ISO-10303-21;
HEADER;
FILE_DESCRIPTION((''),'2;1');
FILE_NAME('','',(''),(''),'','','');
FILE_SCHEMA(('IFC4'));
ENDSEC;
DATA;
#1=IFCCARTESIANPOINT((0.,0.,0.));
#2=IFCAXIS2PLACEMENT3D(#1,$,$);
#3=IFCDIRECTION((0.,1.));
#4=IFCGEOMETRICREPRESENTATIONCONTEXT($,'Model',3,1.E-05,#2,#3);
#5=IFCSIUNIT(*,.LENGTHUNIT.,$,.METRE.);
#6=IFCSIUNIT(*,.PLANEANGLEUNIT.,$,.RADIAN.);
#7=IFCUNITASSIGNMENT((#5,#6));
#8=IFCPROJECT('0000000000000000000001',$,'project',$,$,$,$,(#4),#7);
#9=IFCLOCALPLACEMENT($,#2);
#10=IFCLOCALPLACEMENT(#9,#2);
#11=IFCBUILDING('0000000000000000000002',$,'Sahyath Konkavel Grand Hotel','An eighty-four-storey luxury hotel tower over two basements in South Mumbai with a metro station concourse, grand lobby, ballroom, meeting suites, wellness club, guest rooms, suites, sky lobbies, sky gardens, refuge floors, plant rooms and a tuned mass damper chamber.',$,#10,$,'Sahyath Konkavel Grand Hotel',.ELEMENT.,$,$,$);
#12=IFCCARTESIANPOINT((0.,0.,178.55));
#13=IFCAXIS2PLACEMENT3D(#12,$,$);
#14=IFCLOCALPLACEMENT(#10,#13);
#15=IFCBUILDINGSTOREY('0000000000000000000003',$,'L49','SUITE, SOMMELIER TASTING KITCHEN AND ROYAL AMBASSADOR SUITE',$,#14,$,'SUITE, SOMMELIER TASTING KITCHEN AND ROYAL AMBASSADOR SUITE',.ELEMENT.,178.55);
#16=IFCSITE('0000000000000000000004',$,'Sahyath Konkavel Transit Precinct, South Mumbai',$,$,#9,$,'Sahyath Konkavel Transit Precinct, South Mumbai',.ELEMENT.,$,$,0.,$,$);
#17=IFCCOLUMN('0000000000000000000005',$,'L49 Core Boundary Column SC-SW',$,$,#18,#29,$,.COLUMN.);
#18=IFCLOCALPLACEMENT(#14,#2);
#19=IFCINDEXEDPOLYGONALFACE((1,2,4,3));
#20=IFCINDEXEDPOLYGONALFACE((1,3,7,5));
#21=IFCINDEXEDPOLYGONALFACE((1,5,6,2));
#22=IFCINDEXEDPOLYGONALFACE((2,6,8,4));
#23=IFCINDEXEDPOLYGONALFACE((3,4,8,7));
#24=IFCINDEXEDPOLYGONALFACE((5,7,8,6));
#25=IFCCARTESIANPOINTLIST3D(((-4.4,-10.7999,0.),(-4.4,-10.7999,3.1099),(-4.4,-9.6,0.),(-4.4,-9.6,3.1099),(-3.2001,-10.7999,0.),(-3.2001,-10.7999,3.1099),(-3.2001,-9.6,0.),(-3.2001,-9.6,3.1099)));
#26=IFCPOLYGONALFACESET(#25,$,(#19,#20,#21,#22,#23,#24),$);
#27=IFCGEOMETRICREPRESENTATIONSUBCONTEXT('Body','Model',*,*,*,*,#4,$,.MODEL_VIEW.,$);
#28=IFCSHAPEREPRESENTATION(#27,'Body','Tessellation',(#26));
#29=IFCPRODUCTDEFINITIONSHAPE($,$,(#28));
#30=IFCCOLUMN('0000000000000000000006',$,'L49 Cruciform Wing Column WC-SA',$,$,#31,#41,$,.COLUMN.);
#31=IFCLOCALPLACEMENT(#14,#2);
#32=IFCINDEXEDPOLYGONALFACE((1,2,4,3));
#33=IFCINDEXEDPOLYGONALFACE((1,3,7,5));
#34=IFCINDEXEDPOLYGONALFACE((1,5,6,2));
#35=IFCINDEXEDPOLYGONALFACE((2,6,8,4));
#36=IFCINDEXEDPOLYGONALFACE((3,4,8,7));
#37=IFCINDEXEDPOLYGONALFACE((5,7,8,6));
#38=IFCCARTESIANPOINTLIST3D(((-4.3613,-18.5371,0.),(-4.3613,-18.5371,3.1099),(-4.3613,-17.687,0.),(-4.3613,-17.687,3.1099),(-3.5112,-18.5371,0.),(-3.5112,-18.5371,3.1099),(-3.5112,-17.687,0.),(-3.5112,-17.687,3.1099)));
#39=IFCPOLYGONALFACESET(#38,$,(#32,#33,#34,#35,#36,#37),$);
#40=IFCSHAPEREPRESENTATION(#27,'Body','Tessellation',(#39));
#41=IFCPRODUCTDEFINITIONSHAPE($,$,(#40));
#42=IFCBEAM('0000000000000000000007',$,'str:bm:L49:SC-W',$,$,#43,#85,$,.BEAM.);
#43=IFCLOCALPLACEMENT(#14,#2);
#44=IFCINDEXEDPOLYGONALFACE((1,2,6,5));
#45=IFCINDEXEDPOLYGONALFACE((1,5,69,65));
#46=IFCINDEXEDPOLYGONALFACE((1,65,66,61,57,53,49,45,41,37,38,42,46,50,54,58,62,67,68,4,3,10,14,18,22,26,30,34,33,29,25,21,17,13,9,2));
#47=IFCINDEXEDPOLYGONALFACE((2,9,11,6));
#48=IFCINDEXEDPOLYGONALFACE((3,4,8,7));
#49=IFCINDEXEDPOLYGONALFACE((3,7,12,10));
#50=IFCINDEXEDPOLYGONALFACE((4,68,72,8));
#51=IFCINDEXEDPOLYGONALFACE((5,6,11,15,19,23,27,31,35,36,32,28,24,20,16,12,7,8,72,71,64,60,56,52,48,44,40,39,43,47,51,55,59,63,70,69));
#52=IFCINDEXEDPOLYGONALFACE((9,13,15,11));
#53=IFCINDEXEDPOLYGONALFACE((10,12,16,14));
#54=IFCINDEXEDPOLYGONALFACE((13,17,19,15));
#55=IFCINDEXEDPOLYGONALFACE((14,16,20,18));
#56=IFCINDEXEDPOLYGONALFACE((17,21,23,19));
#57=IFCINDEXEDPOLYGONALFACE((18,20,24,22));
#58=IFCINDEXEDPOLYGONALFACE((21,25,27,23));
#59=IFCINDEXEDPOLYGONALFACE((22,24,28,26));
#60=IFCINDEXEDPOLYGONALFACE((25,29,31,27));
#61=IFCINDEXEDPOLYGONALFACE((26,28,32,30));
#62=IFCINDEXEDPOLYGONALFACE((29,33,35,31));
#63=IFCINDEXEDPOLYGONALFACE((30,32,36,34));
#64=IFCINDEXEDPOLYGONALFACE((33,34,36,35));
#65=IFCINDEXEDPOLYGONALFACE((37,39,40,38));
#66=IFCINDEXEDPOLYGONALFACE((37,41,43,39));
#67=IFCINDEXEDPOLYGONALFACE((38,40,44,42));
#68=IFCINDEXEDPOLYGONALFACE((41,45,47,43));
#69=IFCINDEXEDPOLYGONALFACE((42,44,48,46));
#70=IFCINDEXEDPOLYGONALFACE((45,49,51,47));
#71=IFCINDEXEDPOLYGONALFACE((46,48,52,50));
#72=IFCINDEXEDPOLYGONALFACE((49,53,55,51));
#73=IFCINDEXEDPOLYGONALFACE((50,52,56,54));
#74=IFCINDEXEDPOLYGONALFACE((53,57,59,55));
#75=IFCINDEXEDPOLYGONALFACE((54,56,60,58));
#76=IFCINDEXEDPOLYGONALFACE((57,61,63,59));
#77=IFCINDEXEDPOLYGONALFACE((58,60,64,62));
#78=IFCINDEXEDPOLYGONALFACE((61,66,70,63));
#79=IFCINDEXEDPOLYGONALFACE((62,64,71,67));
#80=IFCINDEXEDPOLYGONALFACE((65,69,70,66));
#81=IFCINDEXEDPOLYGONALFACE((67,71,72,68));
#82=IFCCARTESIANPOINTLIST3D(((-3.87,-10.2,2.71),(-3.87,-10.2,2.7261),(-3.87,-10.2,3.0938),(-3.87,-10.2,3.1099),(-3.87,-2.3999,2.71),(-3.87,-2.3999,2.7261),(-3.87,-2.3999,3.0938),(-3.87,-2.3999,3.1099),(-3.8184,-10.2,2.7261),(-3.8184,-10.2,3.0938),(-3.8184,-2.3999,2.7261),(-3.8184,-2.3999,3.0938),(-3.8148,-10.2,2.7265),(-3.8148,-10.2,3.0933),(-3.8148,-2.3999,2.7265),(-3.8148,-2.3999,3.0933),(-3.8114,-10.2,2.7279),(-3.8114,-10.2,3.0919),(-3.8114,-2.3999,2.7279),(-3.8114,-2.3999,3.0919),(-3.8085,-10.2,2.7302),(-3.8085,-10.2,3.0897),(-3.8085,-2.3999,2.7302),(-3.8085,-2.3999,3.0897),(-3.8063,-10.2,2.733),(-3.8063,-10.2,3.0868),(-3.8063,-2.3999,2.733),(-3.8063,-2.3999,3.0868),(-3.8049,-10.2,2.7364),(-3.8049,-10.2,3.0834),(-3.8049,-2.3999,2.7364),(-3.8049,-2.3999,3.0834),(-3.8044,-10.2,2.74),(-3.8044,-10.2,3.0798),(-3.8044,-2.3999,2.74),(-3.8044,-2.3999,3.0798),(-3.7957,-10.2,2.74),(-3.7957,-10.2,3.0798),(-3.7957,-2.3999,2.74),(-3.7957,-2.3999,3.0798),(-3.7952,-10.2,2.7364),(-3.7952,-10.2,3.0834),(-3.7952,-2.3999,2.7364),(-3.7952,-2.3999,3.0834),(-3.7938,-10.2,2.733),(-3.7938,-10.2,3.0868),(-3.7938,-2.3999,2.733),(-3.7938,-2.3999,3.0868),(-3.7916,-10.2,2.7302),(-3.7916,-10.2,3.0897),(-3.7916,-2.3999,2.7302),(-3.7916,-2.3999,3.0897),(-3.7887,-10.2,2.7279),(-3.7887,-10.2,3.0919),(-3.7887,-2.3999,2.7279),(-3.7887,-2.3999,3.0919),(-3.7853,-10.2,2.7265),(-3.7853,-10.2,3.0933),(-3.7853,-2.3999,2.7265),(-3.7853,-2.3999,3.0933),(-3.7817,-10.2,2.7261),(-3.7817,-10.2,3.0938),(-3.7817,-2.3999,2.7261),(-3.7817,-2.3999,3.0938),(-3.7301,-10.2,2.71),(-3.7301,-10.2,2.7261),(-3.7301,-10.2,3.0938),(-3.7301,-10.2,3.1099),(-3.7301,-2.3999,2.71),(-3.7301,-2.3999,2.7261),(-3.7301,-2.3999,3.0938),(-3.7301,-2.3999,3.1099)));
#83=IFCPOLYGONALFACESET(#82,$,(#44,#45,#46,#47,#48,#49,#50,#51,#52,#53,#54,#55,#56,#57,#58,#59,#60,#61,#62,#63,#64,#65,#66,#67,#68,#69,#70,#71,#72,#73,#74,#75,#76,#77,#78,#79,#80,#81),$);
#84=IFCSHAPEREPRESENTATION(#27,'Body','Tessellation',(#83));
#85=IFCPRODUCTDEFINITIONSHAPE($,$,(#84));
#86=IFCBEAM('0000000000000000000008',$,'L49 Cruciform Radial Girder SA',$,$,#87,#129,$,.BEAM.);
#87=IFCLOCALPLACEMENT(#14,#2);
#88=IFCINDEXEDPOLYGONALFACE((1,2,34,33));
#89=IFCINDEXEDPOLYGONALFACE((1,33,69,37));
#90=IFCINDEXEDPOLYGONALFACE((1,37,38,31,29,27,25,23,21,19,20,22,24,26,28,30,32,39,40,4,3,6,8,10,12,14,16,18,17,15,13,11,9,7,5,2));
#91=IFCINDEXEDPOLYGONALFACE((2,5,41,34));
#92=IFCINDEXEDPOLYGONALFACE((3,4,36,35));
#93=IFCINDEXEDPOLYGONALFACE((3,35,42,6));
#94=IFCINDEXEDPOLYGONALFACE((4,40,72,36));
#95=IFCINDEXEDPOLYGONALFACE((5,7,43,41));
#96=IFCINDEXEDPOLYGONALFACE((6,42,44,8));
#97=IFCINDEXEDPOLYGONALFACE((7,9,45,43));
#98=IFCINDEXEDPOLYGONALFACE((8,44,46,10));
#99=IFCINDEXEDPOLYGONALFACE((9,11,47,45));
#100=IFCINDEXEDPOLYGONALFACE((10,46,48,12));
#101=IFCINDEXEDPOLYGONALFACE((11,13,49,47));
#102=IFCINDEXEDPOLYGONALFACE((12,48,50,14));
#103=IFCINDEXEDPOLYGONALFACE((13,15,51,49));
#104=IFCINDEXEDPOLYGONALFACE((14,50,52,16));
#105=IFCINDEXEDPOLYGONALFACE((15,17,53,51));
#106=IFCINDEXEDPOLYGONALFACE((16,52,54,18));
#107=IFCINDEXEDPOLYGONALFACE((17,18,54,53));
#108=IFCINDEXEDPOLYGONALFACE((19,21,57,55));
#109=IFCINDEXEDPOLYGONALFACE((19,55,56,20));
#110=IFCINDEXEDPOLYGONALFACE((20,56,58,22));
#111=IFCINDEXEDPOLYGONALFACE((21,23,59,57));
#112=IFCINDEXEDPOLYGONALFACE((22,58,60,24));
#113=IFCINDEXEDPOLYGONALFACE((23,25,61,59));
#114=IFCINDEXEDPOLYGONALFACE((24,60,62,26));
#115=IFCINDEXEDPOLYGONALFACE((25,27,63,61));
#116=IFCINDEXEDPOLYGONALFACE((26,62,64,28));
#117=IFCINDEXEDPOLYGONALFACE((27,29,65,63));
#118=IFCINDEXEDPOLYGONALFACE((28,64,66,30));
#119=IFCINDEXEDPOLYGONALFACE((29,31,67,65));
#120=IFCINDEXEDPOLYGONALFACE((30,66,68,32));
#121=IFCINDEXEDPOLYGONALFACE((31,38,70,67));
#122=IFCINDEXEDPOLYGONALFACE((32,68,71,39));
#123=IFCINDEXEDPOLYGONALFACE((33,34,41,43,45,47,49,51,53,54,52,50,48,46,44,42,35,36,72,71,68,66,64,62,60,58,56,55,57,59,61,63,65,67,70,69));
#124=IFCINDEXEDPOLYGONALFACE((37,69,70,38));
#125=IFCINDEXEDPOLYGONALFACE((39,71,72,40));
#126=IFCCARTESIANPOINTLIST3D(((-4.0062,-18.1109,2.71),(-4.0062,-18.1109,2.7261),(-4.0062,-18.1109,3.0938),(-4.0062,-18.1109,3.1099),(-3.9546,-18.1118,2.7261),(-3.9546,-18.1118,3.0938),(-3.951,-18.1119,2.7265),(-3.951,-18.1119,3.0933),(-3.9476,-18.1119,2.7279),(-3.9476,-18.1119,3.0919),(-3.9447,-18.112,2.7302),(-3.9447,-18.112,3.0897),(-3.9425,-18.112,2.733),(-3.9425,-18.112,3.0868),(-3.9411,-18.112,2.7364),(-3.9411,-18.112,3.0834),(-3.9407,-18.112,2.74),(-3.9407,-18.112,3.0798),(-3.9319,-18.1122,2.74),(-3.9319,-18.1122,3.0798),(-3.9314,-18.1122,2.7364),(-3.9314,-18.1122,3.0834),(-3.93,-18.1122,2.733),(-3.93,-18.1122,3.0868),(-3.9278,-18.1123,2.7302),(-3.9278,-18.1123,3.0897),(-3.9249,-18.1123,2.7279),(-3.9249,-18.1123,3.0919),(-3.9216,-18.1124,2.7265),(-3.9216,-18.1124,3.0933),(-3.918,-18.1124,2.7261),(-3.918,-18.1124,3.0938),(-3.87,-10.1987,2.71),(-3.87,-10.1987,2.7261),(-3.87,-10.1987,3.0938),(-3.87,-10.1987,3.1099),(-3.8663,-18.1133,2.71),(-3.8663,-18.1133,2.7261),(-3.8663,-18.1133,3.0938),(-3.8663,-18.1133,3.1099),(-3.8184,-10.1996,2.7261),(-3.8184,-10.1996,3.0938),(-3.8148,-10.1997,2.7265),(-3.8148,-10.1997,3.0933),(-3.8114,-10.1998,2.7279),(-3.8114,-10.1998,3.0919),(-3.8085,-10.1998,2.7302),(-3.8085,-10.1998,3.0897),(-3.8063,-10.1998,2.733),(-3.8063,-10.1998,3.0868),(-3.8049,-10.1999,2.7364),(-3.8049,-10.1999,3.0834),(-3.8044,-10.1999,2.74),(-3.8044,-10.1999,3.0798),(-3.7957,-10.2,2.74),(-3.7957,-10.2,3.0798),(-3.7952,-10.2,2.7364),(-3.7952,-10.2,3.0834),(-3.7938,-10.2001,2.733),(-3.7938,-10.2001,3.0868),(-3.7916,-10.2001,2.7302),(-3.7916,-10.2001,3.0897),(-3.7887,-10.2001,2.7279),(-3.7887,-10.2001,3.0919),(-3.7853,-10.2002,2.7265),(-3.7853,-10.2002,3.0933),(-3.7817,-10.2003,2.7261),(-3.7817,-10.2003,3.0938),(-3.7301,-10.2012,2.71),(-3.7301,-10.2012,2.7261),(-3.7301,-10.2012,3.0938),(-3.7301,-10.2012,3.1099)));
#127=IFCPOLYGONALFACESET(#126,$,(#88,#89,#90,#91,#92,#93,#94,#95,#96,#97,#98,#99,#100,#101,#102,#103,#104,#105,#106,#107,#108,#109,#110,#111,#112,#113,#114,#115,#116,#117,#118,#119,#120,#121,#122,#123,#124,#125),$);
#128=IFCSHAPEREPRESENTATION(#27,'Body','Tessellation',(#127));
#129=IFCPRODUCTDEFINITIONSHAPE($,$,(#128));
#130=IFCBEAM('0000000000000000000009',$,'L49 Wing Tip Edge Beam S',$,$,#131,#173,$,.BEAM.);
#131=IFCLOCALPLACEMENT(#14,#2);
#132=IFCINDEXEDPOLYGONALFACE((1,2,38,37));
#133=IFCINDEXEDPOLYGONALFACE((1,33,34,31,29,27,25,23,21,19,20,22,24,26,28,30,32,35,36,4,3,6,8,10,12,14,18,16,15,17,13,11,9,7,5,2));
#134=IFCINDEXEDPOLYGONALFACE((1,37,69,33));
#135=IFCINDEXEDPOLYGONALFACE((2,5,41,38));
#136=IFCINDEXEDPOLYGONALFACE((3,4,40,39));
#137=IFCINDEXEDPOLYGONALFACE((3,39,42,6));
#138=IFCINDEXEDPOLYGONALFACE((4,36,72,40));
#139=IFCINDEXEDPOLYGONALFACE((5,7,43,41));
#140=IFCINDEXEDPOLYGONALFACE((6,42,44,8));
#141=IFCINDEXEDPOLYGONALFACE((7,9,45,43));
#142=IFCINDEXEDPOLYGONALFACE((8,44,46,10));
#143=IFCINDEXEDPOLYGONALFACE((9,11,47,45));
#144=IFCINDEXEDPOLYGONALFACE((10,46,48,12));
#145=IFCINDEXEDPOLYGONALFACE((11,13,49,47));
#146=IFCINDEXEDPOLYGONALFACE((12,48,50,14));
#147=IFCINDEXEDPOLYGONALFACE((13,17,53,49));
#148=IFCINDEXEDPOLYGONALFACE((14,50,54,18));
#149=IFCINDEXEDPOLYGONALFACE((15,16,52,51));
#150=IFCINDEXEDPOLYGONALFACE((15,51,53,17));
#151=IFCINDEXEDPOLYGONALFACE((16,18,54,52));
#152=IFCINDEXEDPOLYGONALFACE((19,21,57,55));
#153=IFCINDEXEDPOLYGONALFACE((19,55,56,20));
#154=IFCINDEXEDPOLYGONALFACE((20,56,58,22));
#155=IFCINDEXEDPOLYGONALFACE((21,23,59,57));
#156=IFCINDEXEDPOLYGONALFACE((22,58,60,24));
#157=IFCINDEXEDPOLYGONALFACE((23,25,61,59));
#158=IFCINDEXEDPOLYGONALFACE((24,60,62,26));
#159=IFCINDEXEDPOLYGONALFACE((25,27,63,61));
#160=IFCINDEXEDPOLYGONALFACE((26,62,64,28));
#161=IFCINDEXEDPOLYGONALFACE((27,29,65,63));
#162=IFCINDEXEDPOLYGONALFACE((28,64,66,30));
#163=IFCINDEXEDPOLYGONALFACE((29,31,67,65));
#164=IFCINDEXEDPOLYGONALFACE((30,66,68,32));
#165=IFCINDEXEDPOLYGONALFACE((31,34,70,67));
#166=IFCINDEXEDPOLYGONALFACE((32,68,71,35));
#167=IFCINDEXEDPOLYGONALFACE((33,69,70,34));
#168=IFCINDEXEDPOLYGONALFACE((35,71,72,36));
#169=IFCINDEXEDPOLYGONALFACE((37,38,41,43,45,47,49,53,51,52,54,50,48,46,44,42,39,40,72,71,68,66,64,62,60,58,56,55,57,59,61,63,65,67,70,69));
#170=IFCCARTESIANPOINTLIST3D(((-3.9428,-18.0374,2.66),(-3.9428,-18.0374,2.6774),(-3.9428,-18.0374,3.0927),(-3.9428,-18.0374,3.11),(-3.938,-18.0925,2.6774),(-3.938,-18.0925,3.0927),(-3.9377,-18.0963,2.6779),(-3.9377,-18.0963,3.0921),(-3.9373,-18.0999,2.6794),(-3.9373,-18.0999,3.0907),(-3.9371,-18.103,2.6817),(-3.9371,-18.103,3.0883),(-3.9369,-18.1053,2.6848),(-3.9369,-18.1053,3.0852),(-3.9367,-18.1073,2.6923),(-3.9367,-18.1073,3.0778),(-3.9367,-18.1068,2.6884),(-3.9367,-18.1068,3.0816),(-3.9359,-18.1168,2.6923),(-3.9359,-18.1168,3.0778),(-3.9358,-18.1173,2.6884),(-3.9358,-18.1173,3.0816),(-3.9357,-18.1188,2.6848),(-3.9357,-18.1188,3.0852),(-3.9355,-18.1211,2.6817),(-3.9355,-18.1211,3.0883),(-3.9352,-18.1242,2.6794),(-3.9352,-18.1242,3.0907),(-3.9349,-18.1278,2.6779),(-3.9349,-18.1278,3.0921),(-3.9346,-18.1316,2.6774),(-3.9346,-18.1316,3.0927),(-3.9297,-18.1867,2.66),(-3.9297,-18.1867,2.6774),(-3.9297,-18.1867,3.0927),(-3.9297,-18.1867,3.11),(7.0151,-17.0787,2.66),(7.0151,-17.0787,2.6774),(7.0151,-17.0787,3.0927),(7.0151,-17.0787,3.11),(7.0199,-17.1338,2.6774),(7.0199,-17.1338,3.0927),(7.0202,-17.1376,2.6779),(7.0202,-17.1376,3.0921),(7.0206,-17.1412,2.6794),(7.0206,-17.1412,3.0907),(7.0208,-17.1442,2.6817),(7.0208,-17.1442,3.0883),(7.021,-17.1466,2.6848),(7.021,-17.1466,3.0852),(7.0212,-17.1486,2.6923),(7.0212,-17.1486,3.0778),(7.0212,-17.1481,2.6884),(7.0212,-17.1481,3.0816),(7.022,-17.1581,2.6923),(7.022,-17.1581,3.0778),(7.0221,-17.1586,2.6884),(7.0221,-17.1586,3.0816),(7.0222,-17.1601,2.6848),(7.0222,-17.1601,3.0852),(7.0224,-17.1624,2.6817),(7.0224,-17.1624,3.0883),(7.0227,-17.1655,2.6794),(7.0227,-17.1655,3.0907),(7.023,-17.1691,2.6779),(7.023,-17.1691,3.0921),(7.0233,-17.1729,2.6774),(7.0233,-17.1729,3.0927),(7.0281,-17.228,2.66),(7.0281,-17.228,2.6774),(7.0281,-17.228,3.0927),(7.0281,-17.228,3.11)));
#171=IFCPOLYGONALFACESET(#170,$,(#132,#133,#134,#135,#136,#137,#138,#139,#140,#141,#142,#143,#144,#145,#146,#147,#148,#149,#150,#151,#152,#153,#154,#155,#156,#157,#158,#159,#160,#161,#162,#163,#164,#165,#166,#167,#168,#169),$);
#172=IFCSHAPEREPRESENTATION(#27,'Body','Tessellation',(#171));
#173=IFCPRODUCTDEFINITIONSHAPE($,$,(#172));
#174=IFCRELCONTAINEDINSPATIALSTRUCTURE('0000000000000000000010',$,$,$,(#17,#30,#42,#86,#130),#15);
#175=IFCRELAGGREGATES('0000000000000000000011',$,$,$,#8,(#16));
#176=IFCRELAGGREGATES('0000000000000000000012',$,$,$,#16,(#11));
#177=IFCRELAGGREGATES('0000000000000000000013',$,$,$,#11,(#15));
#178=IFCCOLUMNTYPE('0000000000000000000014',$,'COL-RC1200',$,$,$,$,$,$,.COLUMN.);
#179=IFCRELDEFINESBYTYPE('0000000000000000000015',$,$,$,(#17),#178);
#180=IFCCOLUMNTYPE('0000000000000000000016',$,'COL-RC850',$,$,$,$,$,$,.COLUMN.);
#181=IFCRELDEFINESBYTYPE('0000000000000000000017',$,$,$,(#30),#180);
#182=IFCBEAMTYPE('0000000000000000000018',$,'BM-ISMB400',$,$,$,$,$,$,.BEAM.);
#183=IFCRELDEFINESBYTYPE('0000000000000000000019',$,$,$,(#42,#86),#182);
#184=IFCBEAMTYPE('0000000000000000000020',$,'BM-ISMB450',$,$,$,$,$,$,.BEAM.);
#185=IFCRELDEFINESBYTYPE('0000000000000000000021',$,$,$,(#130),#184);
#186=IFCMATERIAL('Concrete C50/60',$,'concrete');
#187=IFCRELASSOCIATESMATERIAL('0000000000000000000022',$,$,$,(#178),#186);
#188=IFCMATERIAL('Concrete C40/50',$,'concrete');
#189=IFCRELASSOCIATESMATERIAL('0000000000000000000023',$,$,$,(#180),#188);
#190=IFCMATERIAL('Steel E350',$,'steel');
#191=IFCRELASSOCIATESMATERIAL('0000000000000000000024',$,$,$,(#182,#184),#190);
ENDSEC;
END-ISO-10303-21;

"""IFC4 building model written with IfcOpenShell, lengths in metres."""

from ifc_helpers import new_model, si_unit, direction, frame, origin, origin_2d, place, context, subcontext, project, spatial, rectangle, i_section, extrude, source, transform, mapped, material, material_profile, profile_set, type_object, element, save


model = new_model("IFC4")

# Units and contexts
model_context = context("Model", 3, precision=1e-05, world=origin(), true_north=direction((0.0, 1.0)))
body_context = subcontext(model_context, "Body", "Model", "MODEL_VIEW")
ifc_project = project(units=[si_unit("LENGTHUNIT", "METRE"), si_unit("PLANEANGLEUNIT", "RADIAN")], contexts=[model_context])

# Site, building, storey
site_placement = place(None, origin())
site = spatial("IfcSite", under=ifc_project, at=site_placement, Name="Sahyath Konkavel Transit Precinct, South Mumbai", LongName="Sahyath Konkavel Transit Precinct, South Mumbai", CompositionType="ELEMENT", RefElevation=0.0)
building_placement = place(site_placement, origin())
building = spatial("IfcBuilding", under=site, at=building_placement, Name="Sahyath Konkavel Grand Hotel", Description="An eighty-four-storey luxury hotel tower over two basements in South Mumbai with a metro station concourse, grand lobby, ballroom, meeting suites, wellness club, guest rooms, suites, sky lobbies, sky gardens, refuge floors, plant rooms and a tuned mass damper chamber.", LongName="Sahyath Konkavel Grand Hotel", CompositionType="ELEMENT")
storey_placement = place(building_placement, frame((0.0, 0.0, 178.55)))
storey = spatial("IfcBuildingStorey", under=building, at=storey_placement, Name="L49", Description="SUITE, SOMMELIER TASTING KITCHEN AND ROYAL AMBASSADOR SUITE", LongName="SUITE, SOMMELIER TASTING KITCHEN AND ROYAL AMBASSADOR SUITE", CompositionType="ELEMENT", Elevation=178.55)

# Columns
ifc_material_1 = material(Name="Concrete C50/60", Category="concrete")
ifc_material_profile_1 = material_profile(ifc_material_1, rectangle(XDim=1.2, YDim=1.2, at=origin_2d()), Name="RC 1200x1200")
ifc_profile_set_1 = profile_set([ifc_material_profile_1], Name="Concrete C50/60")
column_type_1 = type_object("IfcColumnType", Name="COL-RC1200", PredefinedType="COLUMN", material=ifc_profile_set_1)
shared_shape_1 = source(origin(), body_context, "Body", "SweptSolid", [
    extrude(rectangle(XDim=1.2, YDim=1.2, at=origin_2d()), origin(), (0.0, 0.0, 1.0), 3.1099),
])
column_1_placement = place(storey_placement, frame((-3.8, -10.2, 0.0), z_axis=(0.0, 0.0, 1.0), x_axis=(1.0, 0.0, 0.0)))
element("IfcColumn", 1, at=column_1_placement, inside=storey, type_object=column_type_1, Name="L49 Core Boundary Column SC-SW", PredefinedType="COLUMN", context=body_context, shape_type="MappedRepresentation", body=[
    mapped(shared_shape_1, transform((0.0, 0.0, 0.0), scale=1.0)),
])
ifc_material_2 = material(Name="Concrete C40/50", Category="concrete")
ifc_material_profile_2 = material_profile(ifc_material_2, rectangle(XDim=0.8501, YDim=0.8501, at=origin_2d()), Name="RC 850x850")
ifc_profile_set_2 = profile_set([ifc_material_profile_2], Name="Concrete C40/50")
column_type_2 = type_object("IfcColumnType", Name="COL-RC850", PredefinedType="COLUMN", material=ifc_profile_set_2)
shared_shape_2 = source(origin(), body_context, "Body", "SweptSolid", [
    extrude(rectangle(XDim=0.8501, YDim=0.8501, at=origin_2d()), origin(), (0.0, 0.0, 1.0), 3.1099),
])
column_2_placement = place(storey_placement, frame((-3.9363, -18.1121, 0.0), z_axis=(0.0, 0.0, 1.0), x_axis=(1.0, 0.0, 0.0)))
element("IfcColumn", 2, at=column_2_placement, inside=storey, type_object=column_type_2, Name="L49 Cruciform Wing Column WC-SA", PredefinedType="COLUMN", context=body_context, shape_type="MappedRepresentation", body=[
    mapped(shared_shape_2, transform((0.0, 0.0, 0.0), scale=1.0)),
])

# Beams
ifc_material_3 = material(Name="Steel E350", Category="steel")
ifc_material_profile_3 = material_profile(ifc_material_3, i_section(OverallWidth=0.1399, OverallDepth=0.3999, WebThickness=0.0088, FlangeThickness=0.0161, FilletRadius=0.0139, at=origin_2d()), Name="ISMB 400")
ifc_profile_set_3 = profile_set([ifc_material_profile_3], Name="Steel E350")
beam_type_1 = type_object("IfcBeamType", Name="BM-ISMB400", PredefinedType="BEAM", material=ifc_profile_set_3)
shared_shape_3 = source(origin(), body_context, "Body", "SweptSolid", [
    extrude(i_section(OverallWidth=0.1399, OverallDepth=0.3999, WebThickness=0.0088, FlangeThickness=0.0161, FilletRadius=0.0139, at=origin_2d()), origin(), (0.0, 0.0, 1.0), 7.8),
])
beam_1_placement = place(storey_placement, frame((-3.8, -10.2, 2.9099), z_axis=(0.0, 1.0, 0.0), x_axis=(-1.0, 0.0, 0.0)))
element("IfcBeam", 3, at=beam_1_placement, inside=storey, type_object=beam_type_1, Name="str:bm:L49:SC-W", PredefinedType="BEAM", context=body_context, shape_type="MappedRepresentation", body=[
    mapped(shared_shape_3, transform((0.0, 0.0, 0.0), scale=1.0)),
])
shared_shape_4 = source(origin(), body_context, "Body", "SweptSolid", [
    extrude(i_section(OverallWidth=0.1399, OverallDepth=0.3999, WebThickness=0.0088, FlangeThickness=0.0161, FilletRadius=0.0139, at=origin_2d()), origin(), (0.0, 0.0, 1.0), 7.9133),
])
beam_2_placement = place(storey_placement, frame((-3.8, -10.2, 2.9099), z_axis=(-0.017215, -0.999852, 0.0), x_axis=(0.999852, -0.017215, 0.0)))
element("IfcBeam", 4, at=beam_2_placement, inside=storey, type_object=beam_type_1, Name="L49 Cruciform Radial Girder SA", PredefinedType="BEAM", context=body_context, shape_type="MappedRepresentation", body=[
    mapped(shared_shape_4, transform((0.0, 0.0, 0.0), scale=1.0)),
])
ifc_material_profile_4 = material_profile(ifc_material_3, i_section(OverallWidth=0.1499, OverallDepth=0.45, WebThickness=0.0095, FlangeThickness=0.0173, FilletRadius=0.0149, at=origin_2d()), Name="ISMB 450")
ifc_profile_set_4 = profile_set([ifc_material_profile_4], Name="Steel E350")
beam_type_2 = type_object("IfcBeamType", Name="BM-ISMB450", PredefinedType="BEAM", material=ifc_profile_set_4)
shared_shape_5 = source(origin(), body_context, "Body", "SweptSolid", [
    extrude(i_section(OverallWidth=0.1499, OverallDepth=0.45, WebThickness=0.0095, FlangeThickness=0.0173, FilletRadius=0.0149, at=origin_2d()), origin(), (0.0, 0.0, 1.0), 10.9998),
])
beam_3_placement = place(storey_placement, frame((-3.9363, -18.1121, 2.885), z_axis=(0.996194, 0.087159, 0.0), x_axis=(-0.087159, 0.996194, 0.0)))
element("IfcBeam", 5, at=beam_3_placement, inside=storey, type_object=beam_type_2, Name="L49 Wing Tip Edge Beam S", PredefinedType="BEAM", context=body_context, shape_type="MappedRepresentation", body=[
    mapped(shared_shape_5, transform((0.0, 0.0, 0.0), scale=1.0)),
])

save(model, "model.ifc")
